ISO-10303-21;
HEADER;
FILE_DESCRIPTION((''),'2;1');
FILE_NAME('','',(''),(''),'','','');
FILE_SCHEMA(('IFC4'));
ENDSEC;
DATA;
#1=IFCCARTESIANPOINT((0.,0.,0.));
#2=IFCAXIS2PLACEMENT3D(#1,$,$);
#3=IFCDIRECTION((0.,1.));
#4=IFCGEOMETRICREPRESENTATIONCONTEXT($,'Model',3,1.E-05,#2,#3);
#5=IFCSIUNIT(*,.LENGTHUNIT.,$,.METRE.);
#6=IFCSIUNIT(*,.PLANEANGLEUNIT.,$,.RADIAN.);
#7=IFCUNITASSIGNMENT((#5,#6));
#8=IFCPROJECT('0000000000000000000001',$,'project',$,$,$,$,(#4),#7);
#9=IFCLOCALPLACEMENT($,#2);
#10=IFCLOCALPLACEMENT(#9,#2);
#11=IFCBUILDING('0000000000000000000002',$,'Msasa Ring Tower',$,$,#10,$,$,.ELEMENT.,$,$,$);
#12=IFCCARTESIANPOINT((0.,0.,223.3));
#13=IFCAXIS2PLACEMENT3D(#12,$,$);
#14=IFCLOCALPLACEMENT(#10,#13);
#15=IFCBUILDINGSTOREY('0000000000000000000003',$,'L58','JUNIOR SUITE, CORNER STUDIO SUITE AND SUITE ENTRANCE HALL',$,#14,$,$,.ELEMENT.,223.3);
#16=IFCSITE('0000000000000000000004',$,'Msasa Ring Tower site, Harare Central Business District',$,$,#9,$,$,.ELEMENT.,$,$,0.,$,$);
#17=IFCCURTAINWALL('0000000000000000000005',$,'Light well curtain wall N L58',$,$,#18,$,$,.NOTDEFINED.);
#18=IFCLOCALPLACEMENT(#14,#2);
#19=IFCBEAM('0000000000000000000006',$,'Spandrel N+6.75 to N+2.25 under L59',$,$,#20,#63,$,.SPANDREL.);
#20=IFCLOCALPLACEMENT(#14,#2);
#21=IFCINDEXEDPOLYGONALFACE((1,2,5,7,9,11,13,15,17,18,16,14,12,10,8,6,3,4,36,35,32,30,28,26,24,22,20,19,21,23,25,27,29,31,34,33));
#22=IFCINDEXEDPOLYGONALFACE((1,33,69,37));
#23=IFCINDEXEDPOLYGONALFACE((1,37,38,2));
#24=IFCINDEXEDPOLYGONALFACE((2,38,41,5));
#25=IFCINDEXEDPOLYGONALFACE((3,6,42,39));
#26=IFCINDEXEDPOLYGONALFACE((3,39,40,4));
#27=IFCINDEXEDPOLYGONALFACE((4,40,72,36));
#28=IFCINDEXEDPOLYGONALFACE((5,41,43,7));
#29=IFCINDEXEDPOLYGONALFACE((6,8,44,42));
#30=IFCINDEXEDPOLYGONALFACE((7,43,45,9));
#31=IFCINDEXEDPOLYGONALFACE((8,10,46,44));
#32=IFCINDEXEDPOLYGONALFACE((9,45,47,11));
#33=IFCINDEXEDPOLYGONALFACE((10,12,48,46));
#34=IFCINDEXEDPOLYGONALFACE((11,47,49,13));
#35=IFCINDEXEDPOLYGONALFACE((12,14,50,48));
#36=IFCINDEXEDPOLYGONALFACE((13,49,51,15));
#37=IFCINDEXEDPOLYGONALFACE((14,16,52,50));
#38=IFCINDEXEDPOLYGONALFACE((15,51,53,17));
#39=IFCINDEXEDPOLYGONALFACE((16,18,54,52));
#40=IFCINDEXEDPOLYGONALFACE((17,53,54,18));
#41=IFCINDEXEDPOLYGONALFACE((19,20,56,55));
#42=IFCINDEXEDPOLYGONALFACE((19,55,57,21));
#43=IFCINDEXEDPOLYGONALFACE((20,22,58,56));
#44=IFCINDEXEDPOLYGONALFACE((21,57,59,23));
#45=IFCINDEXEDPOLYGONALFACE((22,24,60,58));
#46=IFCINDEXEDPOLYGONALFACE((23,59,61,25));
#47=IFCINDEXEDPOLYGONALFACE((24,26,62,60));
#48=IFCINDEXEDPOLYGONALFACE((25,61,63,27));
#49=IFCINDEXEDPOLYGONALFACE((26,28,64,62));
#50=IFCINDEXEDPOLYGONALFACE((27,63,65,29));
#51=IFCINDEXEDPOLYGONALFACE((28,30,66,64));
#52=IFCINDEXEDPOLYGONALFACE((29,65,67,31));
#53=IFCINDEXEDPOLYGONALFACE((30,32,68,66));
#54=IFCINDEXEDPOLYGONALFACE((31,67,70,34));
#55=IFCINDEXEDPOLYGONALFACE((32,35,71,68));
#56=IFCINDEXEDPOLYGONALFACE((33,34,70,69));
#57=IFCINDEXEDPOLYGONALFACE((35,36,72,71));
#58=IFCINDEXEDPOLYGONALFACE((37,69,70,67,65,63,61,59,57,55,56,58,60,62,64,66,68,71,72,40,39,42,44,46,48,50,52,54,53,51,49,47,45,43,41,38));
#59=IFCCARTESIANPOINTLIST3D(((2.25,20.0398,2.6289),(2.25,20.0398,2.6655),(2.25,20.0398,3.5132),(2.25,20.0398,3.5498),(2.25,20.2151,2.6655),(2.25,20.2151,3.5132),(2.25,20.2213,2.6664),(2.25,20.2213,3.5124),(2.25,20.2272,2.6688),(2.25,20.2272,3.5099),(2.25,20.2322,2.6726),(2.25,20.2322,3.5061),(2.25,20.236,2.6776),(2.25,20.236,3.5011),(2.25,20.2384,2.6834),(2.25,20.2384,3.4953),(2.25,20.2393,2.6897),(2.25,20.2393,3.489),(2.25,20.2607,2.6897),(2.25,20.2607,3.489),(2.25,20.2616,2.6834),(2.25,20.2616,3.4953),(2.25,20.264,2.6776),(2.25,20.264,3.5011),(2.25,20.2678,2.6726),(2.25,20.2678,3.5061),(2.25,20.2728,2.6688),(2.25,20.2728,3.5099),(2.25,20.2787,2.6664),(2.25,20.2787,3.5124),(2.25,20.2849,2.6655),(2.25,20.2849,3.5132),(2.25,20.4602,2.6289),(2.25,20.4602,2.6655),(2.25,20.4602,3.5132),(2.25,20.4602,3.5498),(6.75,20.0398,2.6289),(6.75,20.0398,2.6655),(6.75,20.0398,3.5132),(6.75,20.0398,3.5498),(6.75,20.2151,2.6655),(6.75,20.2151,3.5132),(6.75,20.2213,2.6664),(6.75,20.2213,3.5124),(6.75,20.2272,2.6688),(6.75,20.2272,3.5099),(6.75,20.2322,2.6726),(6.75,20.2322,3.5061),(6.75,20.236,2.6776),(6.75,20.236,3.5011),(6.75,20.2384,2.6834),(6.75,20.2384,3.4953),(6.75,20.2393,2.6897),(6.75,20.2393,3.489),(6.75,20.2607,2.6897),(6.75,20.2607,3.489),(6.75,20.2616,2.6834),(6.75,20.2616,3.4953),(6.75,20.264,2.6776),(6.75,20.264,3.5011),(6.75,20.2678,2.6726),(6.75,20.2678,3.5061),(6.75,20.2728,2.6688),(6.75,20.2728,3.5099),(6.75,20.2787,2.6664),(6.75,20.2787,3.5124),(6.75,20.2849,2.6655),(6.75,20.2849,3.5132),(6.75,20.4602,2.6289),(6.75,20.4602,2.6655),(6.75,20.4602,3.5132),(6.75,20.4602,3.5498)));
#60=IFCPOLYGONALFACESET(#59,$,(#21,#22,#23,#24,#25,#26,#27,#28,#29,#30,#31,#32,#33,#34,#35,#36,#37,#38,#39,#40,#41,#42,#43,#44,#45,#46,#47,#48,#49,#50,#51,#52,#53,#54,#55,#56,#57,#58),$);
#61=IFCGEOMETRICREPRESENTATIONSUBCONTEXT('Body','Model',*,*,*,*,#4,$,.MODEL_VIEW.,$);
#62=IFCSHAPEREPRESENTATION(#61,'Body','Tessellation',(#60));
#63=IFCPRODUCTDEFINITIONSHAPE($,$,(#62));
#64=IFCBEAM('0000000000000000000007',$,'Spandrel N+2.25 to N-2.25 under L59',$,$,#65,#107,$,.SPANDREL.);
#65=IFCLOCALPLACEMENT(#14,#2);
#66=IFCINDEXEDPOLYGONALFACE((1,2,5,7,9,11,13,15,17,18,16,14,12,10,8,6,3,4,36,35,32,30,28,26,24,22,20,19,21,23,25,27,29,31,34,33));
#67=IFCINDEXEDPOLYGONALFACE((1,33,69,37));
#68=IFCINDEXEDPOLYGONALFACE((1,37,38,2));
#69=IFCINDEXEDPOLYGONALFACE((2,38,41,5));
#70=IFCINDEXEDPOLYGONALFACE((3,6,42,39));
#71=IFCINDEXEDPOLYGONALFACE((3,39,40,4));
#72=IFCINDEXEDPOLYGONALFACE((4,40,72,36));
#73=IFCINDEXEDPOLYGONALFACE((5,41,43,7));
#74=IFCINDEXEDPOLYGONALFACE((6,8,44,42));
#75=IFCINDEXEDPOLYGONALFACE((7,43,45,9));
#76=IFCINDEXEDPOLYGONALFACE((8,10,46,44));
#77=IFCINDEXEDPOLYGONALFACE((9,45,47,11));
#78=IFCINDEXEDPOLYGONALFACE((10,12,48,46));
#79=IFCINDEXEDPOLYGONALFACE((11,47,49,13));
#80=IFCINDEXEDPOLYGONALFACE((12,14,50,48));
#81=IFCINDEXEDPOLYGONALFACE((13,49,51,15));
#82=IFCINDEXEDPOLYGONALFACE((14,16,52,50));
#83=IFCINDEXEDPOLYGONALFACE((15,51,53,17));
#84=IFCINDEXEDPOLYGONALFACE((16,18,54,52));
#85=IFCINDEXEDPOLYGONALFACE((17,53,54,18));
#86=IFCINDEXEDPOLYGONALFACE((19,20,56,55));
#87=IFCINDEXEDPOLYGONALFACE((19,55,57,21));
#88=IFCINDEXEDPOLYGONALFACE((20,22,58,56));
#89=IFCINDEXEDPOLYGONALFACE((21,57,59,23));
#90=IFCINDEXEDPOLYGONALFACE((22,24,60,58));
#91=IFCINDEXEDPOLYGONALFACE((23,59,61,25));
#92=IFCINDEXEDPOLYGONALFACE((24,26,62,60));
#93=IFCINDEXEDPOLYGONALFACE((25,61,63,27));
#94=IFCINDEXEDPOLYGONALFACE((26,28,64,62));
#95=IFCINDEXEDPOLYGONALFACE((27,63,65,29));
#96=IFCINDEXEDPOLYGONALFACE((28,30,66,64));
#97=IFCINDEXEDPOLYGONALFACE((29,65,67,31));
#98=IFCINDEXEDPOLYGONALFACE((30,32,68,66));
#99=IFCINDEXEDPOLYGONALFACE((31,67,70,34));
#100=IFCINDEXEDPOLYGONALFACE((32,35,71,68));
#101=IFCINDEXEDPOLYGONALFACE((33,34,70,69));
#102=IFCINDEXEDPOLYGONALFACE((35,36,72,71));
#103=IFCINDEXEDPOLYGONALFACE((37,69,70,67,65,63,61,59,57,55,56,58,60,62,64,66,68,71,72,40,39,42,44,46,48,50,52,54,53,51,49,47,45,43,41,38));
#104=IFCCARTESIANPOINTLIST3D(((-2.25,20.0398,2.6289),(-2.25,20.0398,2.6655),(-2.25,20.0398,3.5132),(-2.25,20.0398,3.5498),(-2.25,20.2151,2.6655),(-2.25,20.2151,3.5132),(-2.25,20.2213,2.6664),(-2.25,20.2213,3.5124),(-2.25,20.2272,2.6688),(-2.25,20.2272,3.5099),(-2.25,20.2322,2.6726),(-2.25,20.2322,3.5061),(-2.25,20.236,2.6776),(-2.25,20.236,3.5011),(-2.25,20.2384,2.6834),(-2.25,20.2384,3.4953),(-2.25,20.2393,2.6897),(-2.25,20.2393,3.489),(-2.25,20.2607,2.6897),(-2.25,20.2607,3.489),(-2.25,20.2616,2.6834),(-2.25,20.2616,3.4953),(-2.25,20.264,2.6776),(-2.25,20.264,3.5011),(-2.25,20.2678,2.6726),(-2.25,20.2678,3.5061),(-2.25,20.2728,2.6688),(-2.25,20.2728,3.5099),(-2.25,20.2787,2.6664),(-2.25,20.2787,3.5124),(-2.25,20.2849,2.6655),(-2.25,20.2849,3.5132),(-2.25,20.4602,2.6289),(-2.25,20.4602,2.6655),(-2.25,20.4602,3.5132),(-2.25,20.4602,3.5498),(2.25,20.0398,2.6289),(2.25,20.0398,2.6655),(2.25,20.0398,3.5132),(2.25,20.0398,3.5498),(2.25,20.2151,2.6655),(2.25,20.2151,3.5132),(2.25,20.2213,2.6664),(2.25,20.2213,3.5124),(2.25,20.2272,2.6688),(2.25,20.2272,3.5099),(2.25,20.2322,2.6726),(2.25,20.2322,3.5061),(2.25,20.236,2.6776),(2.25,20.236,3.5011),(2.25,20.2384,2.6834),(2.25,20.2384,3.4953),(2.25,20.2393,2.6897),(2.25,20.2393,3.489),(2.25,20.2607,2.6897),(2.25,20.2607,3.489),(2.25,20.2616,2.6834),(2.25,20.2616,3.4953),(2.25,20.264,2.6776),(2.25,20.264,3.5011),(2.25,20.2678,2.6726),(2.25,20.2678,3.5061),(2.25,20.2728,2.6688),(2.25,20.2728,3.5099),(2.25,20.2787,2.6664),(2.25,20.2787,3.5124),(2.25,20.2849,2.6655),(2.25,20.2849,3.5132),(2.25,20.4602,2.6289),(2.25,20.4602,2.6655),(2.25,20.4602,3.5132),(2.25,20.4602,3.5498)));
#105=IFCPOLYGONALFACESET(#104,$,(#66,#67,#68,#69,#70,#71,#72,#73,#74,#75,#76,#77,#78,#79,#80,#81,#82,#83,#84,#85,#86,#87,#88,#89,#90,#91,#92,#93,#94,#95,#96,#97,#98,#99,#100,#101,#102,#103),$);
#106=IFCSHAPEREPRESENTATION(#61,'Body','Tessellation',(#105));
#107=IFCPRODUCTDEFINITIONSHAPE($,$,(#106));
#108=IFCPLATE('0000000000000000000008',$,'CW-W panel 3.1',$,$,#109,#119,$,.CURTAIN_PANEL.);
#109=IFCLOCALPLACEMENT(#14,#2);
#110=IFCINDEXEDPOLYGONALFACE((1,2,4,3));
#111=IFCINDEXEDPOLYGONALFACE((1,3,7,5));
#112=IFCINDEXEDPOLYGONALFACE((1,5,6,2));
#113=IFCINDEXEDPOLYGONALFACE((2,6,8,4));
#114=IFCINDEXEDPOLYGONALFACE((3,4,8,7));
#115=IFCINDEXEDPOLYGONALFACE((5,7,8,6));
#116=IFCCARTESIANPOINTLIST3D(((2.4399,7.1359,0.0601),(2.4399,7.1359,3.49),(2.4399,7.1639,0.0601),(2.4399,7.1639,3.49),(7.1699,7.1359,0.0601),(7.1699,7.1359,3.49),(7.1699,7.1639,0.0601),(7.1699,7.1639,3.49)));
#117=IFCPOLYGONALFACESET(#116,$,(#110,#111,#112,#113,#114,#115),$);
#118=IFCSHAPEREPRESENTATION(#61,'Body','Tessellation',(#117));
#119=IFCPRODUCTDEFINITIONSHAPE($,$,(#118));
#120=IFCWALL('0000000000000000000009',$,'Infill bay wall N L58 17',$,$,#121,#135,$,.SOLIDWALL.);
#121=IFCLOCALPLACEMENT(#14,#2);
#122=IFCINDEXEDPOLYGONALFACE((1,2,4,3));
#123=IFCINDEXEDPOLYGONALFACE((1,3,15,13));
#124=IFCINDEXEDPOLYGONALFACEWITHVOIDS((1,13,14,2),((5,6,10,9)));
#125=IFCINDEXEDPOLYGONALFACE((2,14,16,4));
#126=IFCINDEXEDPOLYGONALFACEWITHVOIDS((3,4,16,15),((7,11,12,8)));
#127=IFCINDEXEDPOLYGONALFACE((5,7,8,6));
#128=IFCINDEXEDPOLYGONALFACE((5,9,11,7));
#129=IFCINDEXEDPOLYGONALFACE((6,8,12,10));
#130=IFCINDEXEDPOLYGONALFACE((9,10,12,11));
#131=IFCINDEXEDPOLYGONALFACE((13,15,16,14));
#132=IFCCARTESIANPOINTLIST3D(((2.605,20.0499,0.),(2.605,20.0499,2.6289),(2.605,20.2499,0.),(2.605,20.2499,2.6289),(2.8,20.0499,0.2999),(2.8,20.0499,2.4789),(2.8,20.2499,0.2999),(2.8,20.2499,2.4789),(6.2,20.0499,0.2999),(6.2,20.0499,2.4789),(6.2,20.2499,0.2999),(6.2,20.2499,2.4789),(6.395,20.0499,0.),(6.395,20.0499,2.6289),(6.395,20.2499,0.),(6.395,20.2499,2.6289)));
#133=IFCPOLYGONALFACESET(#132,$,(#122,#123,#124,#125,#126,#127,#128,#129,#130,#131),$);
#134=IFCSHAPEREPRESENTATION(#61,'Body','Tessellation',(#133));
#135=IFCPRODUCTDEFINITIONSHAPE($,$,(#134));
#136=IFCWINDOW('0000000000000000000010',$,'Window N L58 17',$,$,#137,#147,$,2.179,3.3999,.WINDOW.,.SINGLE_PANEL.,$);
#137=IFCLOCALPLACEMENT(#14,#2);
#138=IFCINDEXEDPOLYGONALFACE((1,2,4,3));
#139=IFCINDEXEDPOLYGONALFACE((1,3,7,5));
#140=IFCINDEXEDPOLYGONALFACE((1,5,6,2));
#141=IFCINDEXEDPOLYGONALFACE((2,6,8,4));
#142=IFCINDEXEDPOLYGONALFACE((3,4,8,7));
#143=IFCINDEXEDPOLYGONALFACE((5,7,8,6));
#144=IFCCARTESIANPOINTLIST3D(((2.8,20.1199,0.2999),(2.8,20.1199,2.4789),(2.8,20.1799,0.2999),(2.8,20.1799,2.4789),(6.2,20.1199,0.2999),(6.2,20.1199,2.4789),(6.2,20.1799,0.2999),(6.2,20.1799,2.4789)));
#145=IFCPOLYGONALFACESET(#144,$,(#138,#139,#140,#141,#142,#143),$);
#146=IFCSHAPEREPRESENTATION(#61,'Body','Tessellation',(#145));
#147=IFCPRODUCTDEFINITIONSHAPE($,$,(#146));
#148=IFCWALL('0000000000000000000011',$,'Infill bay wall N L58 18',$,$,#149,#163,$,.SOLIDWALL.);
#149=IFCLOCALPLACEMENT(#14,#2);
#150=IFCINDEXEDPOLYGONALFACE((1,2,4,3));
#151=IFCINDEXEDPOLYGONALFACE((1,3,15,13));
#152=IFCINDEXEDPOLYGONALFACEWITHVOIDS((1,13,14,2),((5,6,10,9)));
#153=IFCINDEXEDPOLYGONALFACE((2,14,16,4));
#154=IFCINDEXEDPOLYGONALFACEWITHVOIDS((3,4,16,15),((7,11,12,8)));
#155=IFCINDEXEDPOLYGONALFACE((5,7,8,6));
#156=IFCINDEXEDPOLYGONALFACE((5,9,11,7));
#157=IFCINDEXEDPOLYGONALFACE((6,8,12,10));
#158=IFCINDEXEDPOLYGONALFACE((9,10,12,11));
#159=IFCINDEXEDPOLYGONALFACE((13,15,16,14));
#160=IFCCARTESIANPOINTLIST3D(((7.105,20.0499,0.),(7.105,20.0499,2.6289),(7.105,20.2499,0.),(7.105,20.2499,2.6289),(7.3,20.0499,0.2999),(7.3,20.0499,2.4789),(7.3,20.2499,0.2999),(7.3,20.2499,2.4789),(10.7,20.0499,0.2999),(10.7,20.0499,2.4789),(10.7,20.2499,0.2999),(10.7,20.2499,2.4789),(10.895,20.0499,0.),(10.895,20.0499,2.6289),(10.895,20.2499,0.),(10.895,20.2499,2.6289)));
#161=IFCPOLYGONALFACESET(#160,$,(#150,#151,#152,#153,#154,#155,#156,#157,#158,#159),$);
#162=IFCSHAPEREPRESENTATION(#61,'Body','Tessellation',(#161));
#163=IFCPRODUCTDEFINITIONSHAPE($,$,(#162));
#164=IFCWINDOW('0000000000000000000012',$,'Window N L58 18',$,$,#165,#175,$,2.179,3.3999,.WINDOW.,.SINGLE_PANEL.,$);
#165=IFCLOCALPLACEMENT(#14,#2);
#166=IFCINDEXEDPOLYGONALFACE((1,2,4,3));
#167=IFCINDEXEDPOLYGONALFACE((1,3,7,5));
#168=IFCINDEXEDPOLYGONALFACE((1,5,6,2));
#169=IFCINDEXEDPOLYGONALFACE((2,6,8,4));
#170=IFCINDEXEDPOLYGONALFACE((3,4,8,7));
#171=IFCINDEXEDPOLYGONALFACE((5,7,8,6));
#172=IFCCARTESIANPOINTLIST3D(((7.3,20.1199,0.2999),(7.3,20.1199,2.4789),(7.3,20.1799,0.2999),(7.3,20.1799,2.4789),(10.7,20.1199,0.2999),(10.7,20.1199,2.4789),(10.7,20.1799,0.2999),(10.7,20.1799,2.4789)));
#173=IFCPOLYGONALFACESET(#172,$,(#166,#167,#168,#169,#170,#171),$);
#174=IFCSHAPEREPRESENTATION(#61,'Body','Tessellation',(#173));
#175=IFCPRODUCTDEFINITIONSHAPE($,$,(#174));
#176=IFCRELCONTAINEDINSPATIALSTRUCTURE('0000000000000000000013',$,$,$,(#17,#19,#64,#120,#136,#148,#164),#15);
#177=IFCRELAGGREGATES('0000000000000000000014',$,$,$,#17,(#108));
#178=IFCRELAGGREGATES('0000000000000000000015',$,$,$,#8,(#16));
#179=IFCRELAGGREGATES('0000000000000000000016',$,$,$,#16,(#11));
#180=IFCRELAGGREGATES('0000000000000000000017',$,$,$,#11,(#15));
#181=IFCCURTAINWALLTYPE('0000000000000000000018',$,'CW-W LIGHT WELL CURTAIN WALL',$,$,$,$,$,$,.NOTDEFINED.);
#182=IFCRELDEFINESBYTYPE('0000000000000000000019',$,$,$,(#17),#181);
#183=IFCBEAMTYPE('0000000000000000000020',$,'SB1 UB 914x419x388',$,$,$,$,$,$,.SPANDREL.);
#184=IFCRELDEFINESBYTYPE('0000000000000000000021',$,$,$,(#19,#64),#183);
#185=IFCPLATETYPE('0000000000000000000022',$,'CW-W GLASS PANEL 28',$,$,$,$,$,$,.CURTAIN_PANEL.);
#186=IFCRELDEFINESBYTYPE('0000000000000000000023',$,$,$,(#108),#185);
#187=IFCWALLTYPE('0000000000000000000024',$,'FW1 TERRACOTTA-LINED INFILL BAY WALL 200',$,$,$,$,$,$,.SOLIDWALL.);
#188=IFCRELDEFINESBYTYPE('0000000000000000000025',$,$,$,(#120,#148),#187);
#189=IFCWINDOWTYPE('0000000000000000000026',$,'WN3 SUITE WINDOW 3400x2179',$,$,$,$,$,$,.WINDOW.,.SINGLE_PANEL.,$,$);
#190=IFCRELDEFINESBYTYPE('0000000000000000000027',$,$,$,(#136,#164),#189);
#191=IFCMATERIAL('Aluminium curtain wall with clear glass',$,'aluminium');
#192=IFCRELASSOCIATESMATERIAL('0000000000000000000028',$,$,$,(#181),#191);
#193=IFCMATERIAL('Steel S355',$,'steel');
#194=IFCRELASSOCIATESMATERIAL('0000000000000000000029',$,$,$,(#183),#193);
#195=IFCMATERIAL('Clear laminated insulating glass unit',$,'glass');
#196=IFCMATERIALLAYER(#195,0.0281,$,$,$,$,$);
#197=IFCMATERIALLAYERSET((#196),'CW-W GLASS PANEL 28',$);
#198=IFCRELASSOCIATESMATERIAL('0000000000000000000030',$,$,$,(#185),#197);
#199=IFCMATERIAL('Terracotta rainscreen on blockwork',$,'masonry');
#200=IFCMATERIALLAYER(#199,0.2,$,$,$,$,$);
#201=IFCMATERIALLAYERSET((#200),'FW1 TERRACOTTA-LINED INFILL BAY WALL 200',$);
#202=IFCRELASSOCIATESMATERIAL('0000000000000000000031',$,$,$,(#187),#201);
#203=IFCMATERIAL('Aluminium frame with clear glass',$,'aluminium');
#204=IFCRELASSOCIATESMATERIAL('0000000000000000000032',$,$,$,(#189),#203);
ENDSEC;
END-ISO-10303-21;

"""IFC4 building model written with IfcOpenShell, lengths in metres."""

from ifc_helpers import new_model, si_unit, direction, frame, frame_2d, origin, origin_2d, place, context, subcontext, project, spatial, rectangle, i_section, extrude, material, layer, layer_set, material_profile, profile_set, type_object, element, fill, aggregate, save


model = new_model("IFC4")

# Units and contexts
model_context = context("Model", 3, precision=1e-05, world=origin(), true_north=direction((0.0, 1.0)))
body_context = subcontext(model_context, "Body", "Model", "MODEL_VIEW")
ifc_project = project(units=[si_unit("LENGTHUNIT", "METRE"), si_unit("PLANEANGLEUNIT", "RADIAN")], contexts=[model_context])

# Site, building, storey
site_placement = place(None, origin())
site = spatial("IfcSite", under=ifc_project, at=site_placement, Name="Msasa Ring Tower site, Harare Central Business District", CompositionType="ELEMENT", RefElevation=0.0)
building_placement = place(site_placement, origin())
building = spatial("IfcBuilding", under=site, at=building_placement, Name="Msasa Ring Tower", CompositionType="ELEMENT")
storey_placement = place(building_placement, frame((0.0, 0.0, 223.3)))
storey = spatial("IfcBuildingStorey", under=building, at=storey_placement, Name="L58", Description="JUNIOR SUITE, CORNER STUDIO SUITE AND SUITE ENTRANCE HALL", CompositionType="ELEMENT", Elevation=223.3)

# Curtain wall
ifc_material_1 = material(Name="Aluminium curtain wall with clear glass", Category="aluminium")
curtain_wall_type = type_object("IfcCurtainWallType", Name="CW-W LIGHT WELL CURTAIN WALL", PredefinedType="NOTDEFINED", material=ifc_material_1)
curtain_wall_1_placement = place(storey_placement, origin())
curtain_wall_1 = element("IfcCurtainWall", 1, at=curtain_wall_1_placement, inside=storey, type_object=curtain_wall_type, Name="Light well curtain wall N L58", PredefinedType="NOTDEFINED")

# Beams
ifc_material_2 = material(Name="Steel S355", Category="steel")
ifc_material_profile_1 = material_profile(ifc_material_2, i_section(OverallWidth=0.4204, OverallDepth=0.9209, WebThickness=0.0215, FlangeThickness=0.0366, FilletRadius=0.0242, at=origin_2d()), Name="UB 914x419x388")
ifc_profile_set_1 = profile_set([ifc_material_profile_1], Name="Steel S355")
beam_type_1 = type_object("IfcBeamType", Name="SB1 UB 914x419x388", PredefinedType="SPANDREL", material=ifc_profile_set_1)
for number, where, z_axis, x_axis, name in (
    (2, (6.75, 20.25, 3.0894), (-1.0, 0.0, 0.0), (0.0, -1.0, 0.0), "Spandrel N+6.75 to N+2.25 under L59"),
    (3, (2.25, 20.25, 3.0894), (-1.0, 0.0, 0.0), (0.0, -1.0, 0.0), "Spandrel N+2.25 to N-2.25 under L59"),
):
    element("IfcBeam", number, at=place(storey_placement, frame(where, z_axis=z_axis, x_axis=x_axis)), inside=storey, type_object=beam_type_1, Name=name, PredefinedType="SPANDREL", context=body_context, shape_type="SweptSolid", body=[
        extrude(i_section(OverallWidth=0.4204, OverallDepth=0.9209, WebThickness=0.0215, FlangeThickness=0.0366, FilletRadius=0.0242, at=origin_2d()), origin(), (0.0, 0.0, 1.0), 4.5),
    ])

# Plate
ifc_material_3 = material(Name="Clear laminated insulating glass unit", Category="glass")
ifc_layer_1 = layer(ifc_material_3, 0.0281)
ifc_layer_set_1 = layer_set([ifc_layer_1], Name="CW-W GLASS PANEL 28")
plate_type = type_object("IfcPlateType", Name="CW-W GLASS PANEL 28", PredefinedType="CURTAIN_PANEL", material=ifc_layer_set_1)
plate_placement = place(storey_placement, frame((4.8049, 7.1499, 0.0601), z_axis=(0.0, 0.0, 1.0), x_axis=(1.0, 0.0, 0.0)))
plate = element("IfcPlate", 4, at=plate_placement, type_object=plate_type, Name="CW-W panel 3.1", PredefinedType="CURTAIN_PANEL", context=body_context, shape_type="SweptSolid", body=[
    extrude(rectangle(XDim=4.73, YDim=0.0281, at=origin_2d()), origin(), (0.0, 0.0, 1.0), 3.4299),
])
aggregate(curtain_wall_1, [plate])

# Walls, openings, windows
ifc_material_4 = material(Name="Terracotta rainscreen on blockwork", Category="masonry")
ifc_layer_2 = layer(ifc_material_4, 0.2)
ifc_layer_set_2 = layer_set([ifc_layer_2], Name="FW1 TERRACOTTA-LINED INFILL BAY WALL 200")
wall_type_1 = type_object("IfcWallType", Name="FW1 TERRACOTTA-LINED INFILL BAY WALL 200", PredefinedType="SOLIDWALL", material=ifc_layer_set_2)
wall_1_placement = place(storey_placement, frame((2.605, 20.1499, 0.0), z_axis=(0.0, 0.0, 1.0), x_axis=(1.0, 0.0, 0.0)))
wall_1 = element("IfcWall", 5, at=wall_1_placement, inside=storey, type_object=wall_type_1, Name="Infill bay wall N L58 17", PredefinedType="SOLIDWALL", context=body_context, shape_type="SweptSolid", body=[
    extrude(rectangle(XDim=3.79, YDim=0.2, at=frame_2d((1.895, 0.0))), origin(), (0.0, 0.0, 1.0), 2.6289),
])
opening_1_placement = place(wall_1_placement, frame((0.1951, 0.0, 0.3)))
opening_1 = element("IfcOpeningElement", 6, at=opening_1_placement, cuts=wall_1, PredefinedType="OPENING", context=body_context, shape_type="SweptSolid", body=[
    extrude(rectangle(XDim=3.3999, YDim=2.179, at=frame_2d((1.7, 1.0894))), frame((0.0, 0.1099, 0.0), z_axis=(0.0, -1.0, 0.0), x_axis=(1.0, 0.0, 0.0)), (0.0, 0.0, 1.0), 0.22),
])
ifc_material_5 = material(Name="Aluminium frame with clear glass", Category="aluminium")
window_type = type_object("IfcWindowType", Name="WN3 SUITE WINDOW 3400x2179", PartitioningType="SINGLE_PANEL", PredefinedType="WINDOW", material=ifc_material_5)
window_1_placement = place(opening_1_placement, origin())
window_1 = element("IfcWindow", 7, at=window_1_placement, inside=storey, type_object=window_type, Name="Window N L58 17", OverallHeight=2.179, OverallWidth=3.3999, PartitioningType="SINGLE_PANEL", PredefinedType="WINDOW", context=body_context, shape_type="SweptSolid", body=[
    extrude(rectangle(XDim=3.3999, YDim=2.179, at=frame_2d((1.7, 1.0894))), frame((0.0, 0.03, 0.0), z_axis=(0.0, -1.0, 0.0), x_axis=(1.0, 0.0, 0.0)), (0.0, 0.0, 1.0), 0.0601),
])
fill(opening_1, window_1)
wall_2_placement = place(storey_placement, frame((7.105, 20.1499, 0.0), z_axis=(0.0, 0.0, 1.0), x_axis=(1.0, 0.0, 0.0)))
wall_2 = element("IfcWall", 8, at=wall_2_placement, inside=storey, type_object=wall_type_1, Name="Infill bay wall N L58 18", PredefinedType="SOLIDWALL", context=body_context, shape_type="SweptSolid", body=[
    extrude(rectangle(XDim=3.79, YDim=0.2, at=frame_2d((1.895, 0.0))), origin(), (0.0, 0.0, 1.0), 2.6289),
])
opening_2_placement = place(wall_2_placement, frame((0.1951, 0.0, 0.3)))
opening_2 = element("IfcOpeningElement", 9, at=opening_2_placement, cuts=wall_2, PredefinedType="OPENING", context=body_context, shape_type="SweptSolid", body=[
    extrude(rectangle(XDim=3.3999, YDim=2.179, at=frame_2d((1.7, 1.0894))), frame((0.0, 0.1099, 0.0), z_axis=(0.0, -1.0, 0.0), x_axis=(1.0, 0.0, 0.0)), (0.0, 0.0, 1.0), 0.22),
])
window_2_placement = place(opening_2_placement, origin())
window_2 = element("IfcWindow", 10, at=window_2_placement, inside=storey, type_object=window_type, Name="Window N L58 18", OverallHeight=2.179, OverallWidth=3.3999, PartitioningType="SINGLE_PANEL", PredefinedType="WINDOW", context=body_context, shape_type="SweptSolid", body=[
    extrude(rectangle(XDim=3.3999, YDim=2.179, at=frame_2d((1.7, 1.0894))), frame((0.0, 0.03, 0.0), z_axis=(0.0, -1.0, 0.0), x_axis=(1.0, 0.0, 0.0)), (0.0, 0.0, 1.0), 0.0601),
])
fill(opening_2, window_2)

save(model, "model.ifc")
